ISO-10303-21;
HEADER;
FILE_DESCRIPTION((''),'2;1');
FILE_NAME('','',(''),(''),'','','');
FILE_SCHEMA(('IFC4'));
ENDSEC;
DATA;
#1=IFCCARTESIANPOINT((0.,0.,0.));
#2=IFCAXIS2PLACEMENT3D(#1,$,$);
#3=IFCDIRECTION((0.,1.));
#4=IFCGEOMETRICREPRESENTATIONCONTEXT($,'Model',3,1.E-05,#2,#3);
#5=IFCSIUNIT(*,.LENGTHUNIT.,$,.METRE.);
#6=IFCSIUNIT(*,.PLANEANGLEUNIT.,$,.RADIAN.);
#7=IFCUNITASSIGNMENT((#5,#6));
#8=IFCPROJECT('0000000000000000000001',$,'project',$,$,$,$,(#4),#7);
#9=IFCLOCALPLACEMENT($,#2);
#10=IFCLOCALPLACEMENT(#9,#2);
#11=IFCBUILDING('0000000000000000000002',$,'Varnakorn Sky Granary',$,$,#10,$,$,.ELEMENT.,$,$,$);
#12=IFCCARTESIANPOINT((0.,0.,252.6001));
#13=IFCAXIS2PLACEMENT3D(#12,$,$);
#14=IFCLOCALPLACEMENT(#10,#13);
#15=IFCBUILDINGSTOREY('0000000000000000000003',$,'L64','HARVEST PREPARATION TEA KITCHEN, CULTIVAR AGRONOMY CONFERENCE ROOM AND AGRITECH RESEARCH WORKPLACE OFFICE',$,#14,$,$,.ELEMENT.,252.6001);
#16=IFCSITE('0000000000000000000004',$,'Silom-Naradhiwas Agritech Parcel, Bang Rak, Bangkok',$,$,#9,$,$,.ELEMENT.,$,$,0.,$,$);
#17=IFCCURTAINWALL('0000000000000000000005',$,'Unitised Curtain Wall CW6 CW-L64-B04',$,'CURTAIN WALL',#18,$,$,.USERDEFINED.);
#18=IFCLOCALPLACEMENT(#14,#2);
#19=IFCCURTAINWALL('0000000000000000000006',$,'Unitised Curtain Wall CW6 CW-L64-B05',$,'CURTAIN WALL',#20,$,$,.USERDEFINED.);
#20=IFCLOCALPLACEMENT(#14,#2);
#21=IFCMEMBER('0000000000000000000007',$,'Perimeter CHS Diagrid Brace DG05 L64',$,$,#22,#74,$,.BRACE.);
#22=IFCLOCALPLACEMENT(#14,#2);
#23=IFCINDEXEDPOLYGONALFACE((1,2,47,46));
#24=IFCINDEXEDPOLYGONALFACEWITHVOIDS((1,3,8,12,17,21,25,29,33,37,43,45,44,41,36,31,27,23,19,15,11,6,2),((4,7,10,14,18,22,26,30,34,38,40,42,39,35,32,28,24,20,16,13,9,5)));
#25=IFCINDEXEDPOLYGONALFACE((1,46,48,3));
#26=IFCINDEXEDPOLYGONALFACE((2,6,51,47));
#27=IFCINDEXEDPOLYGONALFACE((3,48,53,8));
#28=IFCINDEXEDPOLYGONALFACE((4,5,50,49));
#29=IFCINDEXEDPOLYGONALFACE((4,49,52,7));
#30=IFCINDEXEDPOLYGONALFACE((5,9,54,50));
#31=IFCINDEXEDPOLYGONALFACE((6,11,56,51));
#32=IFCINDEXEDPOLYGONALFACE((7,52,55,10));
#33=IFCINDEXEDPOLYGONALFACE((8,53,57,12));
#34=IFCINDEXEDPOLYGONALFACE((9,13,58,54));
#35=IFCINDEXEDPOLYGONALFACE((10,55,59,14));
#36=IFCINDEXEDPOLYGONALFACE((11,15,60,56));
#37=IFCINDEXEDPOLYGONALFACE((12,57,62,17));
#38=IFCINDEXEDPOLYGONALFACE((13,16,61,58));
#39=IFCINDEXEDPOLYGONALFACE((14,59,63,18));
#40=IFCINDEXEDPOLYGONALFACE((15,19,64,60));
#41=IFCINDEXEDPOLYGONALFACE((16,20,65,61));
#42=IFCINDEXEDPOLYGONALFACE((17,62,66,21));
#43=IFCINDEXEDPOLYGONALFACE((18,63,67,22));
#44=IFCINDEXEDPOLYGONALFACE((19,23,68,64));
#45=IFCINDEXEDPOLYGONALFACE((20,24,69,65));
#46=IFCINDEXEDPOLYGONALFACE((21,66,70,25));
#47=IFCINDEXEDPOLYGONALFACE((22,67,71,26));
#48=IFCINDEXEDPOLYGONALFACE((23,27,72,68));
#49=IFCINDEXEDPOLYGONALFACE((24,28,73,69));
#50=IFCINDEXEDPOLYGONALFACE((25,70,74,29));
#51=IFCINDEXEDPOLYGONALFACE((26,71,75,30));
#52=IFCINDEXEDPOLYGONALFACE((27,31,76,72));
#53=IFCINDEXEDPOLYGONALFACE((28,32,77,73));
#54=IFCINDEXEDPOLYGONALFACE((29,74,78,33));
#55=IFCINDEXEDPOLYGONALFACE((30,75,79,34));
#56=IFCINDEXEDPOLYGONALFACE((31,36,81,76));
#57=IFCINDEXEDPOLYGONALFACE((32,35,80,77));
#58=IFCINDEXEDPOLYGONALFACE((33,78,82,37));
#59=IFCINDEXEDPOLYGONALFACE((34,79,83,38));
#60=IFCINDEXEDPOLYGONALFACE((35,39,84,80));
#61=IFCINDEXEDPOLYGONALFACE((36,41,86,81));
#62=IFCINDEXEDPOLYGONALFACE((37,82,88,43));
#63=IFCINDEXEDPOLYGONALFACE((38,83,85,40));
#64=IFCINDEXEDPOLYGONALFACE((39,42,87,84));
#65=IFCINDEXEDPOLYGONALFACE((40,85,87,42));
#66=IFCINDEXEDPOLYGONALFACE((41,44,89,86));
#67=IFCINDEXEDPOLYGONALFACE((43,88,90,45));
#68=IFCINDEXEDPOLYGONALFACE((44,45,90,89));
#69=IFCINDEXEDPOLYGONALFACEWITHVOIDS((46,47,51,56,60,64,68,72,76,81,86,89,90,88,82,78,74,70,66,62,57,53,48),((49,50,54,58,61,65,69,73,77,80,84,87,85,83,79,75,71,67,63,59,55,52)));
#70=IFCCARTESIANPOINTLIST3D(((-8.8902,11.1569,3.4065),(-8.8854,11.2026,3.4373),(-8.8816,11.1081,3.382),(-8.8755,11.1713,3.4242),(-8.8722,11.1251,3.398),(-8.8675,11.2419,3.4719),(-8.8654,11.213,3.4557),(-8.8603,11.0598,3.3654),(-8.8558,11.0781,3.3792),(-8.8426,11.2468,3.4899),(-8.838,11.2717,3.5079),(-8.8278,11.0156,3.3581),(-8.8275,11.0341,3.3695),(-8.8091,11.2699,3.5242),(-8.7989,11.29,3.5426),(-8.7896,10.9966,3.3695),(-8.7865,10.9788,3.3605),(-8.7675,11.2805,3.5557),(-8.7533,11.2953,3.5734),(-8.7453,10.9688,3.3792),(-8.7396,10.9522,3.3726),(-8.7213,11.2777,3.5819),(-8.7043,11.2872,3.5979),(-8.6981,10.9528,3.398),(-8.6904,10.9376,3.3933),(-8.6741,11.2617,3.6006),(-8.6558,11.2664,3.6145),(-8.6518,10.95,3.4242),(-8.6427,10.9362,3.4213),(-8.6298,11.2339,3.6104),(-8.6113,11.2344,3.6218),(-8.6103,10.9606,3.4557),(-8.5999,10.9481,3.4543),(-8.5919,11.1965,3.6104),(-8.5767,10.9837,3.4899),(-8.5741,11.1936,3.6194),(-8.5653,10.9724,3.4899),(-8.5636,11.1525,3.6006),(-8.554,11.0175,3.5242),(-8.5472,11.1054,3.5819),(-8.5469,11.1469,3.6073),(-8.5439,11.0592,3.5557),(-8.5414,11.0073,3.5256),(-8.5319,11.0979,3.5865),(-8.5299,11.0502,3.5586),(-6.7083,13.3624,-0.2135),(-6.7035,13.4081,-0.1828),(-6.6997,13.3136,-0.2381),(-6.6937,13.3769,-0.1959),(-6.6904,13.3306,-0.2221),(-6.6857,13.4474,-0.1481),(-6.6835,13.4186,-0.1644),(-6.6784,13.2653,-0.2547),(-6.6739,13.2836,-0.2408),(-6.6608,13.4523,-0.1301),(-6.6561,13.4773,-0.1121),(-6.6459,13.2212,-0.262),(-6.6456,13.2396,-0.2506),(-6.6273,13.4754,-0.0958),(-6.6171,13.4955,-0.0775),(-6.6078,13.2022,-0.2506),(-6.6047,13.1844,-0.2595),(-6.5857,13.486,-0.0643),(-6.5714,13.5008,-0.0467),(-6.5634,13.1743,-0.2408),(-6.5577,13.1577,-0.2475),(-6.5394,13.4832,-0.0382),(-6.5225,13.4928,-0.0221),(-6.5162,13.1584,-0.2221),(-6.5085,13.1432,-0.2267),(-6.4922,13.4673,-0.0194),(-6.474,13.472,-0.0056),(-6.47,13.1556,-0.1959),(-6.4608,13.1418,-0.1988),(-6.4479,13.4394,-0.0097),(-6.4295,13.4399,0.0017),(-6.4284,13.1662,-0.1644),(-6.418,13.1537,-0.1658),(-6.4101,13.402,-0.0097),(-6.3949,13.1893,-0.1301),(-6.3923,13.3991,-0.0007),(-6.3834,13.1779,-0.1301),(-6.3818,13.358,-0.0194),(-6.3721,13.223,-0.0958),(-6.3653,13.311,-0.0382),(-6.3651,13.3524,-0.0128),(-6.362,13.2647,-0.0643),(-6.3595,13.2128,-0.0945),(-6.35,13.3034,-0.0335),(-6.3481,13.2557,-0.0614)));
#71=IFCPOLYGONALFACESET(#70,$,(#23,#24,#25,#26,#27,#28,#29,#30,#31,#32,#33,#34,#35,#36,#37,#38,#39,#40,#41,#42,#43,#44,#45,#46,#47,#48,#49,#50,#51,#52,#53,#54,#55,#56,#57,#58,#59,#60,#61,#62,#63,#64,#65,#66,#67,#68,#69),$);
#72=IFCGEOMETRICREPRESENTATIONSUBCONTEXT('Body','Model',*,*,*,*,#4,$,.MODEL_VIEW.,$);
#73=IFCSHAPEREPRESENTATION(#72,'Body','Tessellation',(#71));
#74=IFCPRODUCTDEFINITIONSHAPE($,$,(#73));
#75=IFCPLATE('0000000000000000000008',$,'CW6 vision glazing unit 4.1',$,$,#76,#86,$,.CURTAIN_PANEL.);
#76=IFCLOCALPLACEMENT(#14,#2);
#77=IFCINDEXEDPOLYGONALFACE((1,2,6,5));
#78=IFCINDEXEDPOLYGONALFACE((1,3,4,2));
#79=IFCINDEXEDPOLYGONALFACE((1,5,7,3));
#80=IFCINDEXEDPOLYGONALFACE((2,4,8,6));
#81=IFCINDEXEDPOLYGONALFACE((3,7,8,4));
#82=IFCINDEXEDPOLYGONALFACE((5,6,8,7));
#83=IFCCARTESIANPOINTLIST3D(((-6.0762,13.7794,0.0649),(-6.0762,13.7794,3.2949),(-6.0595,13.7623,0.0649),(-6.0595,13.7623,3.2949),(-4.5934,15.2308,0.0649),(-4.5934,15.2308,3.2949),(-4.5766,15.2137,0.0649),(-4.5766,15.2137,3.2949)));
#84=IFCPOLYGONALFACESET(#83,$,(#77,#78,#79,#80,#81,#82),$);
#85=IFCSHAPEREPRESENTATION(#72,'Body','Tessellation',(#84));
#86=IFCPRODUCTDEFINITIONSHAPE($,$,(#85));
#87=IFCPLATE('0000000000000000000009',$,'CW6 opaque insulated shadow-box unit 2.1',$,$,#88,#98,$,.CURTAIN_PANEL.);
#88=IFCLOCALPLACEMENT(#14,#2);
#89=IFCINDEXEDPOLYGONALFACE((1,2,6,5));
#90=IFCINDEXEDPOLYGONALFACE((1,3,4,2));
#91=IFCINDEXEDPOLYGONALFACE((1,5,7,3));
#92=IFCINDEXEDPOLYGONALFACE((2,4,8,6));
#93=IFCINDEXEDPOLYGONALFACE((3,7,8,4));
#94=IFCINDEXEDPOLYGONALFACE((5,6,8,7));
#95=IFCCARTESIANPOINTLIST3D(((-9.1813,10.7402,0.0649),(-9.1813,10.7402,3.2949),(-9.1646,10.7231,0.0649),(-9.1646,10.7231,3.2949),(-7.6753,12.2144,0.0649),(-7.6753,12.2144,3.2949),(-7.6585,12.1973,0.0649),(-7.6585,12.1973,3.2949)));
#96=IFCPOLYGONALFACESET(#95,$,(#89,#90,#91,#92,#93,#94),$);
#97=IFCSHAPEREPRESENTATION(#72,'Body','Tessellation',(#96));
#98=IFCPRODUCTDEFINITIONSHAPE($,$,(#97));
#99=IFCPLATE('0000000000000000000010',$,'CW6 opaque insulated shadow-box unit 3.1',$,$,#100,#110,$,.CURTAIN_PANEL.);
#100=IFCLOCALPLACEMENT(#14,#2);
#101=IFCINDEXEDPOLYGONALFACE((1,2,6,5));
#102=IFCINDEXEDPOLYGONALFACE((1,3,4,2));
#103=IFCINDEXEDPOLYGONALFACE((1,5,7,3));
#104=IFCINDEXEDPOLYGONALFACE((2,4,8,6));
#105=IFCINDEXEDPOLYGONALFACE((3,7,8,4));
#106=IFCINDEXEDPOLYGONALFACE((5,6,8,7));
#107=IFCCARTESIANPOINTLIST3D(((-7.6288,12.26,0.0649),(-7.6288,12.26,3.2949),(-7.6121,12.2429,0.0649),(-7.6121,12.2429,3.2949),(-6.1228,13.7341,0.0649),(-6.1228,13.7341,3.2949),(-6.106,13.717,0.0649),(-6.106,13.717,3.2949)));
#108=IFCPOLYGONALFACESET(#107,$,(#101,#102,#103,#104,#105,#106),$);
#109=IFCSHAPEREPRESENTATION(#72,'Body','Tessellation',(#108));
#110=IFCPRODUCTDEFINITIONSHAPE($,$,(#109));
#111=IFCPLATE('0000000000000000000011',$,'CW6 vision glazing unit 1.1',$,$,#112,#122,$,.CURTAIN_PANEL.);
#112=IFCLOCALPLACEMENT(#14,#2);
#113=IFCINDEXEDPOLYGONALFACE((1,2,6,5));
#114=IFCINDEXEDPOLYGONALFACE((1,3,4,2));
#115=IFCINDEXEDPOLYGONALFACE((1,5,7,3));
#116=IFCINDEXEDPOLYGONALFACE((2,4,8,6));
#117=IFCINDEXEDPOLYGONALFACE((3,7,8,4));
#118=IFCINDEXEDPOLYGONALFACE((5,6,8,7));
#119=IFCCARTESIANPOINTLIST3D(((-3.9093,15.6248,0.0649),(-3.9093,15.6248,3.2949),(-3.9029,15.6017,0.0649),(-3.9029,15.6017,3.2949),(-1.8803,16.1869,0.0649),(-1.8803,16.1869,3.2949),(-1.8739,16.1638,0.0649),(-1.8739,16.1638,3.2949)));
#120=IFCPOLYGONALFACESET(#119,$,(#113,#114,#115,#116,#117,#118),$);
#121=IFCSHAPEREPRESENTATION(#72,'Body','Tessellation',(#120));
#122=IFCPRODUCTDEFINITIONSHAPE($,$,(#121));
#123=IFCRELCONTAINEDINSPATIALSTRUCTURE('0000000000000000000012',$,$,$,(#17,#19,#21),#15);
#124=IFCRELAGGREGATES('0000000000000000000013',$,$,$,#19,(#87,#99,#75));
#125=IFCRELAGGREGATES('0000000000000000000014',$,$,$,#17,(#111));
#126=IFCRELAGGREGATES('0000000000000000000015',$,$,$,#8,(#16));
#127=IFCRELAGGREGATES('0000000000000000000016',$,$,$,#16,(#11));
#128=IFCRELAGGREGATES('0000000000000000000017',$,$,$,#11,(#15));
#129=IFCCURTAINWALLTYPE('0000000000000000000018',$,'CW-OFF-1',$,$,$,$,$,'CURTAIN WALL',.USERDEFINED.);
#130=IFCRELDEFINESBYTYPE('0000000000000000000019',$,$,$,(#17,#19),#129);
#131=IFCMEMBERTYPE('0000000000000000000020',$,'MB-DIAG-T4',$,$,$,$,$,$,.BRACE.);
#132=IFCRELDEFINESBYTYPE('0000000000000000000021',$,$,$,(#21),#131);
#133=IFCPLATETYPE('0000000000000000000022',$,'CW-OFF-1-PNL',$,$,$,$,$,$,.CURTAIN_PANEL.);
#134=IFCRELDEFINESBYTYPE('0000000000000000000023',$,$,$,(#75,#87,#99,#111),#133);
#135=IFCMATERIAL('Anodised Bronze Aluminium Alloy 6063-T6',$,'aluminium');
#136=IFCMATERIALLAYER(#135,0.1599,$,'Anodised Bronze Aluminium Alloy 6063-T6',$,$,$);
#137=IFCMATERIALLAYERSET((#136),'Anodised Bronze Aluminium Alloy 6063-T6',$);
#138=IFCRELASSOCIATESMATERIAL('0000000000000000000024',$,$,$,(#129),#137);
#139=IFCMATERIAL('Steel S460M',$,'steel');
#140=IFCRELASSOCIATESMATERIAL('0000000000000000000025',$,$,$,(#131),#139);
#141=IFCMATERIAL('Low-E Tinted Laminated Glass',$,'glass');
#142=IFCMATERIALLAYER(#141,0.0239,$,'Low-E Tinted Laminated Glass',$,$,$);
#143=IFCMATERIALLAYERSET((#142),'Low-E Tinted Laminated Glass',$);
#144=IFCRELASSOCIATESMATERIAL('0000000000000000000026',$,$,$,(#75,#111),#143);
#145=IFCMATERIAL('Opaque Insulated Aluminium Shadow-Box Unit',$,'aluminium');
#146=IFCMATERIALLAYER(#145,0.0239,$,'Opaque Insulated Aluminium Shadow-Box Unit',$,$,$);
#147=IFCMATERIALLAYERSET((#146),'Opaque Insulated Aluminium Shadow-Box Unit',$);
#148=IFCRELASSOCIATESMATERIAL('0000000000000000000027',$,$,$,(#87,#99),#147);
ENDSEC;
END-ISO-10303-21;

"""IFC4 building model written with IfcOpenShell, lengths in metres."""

from ifc_helpers import new_model, si_unit, direction, frame, origin, origin_2d, place, context, subcontext, project, spatial, rectangle, hollow_circle, extrude, source, transform, mapped, material, layer, layer_set, material_profile, profile_set, type_object, type_shapes, element, aggregate, save


model = new_model("IFC4")

# Units and contexts
model_context = context("Model", 3, precision=1e-05, world=origin(), true_north=direction((0.0, 1.0)))
body_context = subcontext(model_context, "Body", "Model", "MODEL_VIEW")
ifc_project = project(units=[si_unit("LENGTHUNIT", "METRE"), si_unit("PLANEANGLEUNIT", "RADIAN")], contexts=[model_context])

# Site, building, storey
site_placement = place(None, origin())
site = spatial("IfcSite", under=ifc_project, at=site_placement, Name="Silom-Naradhiwas Agritech Parcel, Bang Rak, Bangkok", CompositionType="ELEMENT", RefElevation=0.0)
building_placement = place(site_placement, origin())
building = spatial("IfcBuilding", under=site, at=building_placement, Name="Varnakorn Sky Granary", CompositionType="ELEMENT")
storey_placement = place(building_placement, frame((0.0, 0.0, 252.6001)))
storey = spatial("IfcBuildingStorey", under=building, at=storey_placement, Name="L64", Description="HARVEST PREPARATION TEA KITCHEN, CULTIVAR AGRONOMY CONFERENCE ROOM AND AGRITECH RESEARCH WORKPLACE OFFICE", CompositionType="ELEMENT", Elevation=252.6001)

# Shared definitions
ifc_material_1 = material(Name="Steel S460M", Category="steel")

# Curtain wall
ifc_material_2 = material(Name="Anodised Bronze Aluminium Alloy 6063-T6", Category="aluminium")
ifc_layer_1 = layer(ifc_material_2, 0.1599, Name="Anodised Bronze Aluminium Alloy 6063-T6")
ifc_layer_set_1 = layer_set([ifc_layer_1], Name="Anodised Bronze Aluminium Alloy 6063-T6")
curtain_wall_type = type_object("IfcCurtainWallType", Name="CW-OFF-1", ElementType="CURTAIN WALL", PredefinedType="USERDEFINED", material=ifc_layer_set_1)
curtain_wall_1_placement = place(storey_placement, origin())
curtain_wall_1 = element("IfcCurtainWall", 1, at=curtain_wall_1_placement, inside=storey, type_object=curtain_wall_type, Name="Unitised Curtain Wall CW6 CW-L64-B04", ObjectType="CURTAIN WALL", PredefinedType="USERDEFINED")

# Curtain wall
curtain_wall_2_placement = place(storey_placement, origin())
curtain_wall_2 = element("IfcCurtainWall", 2, at=curtain_wall_2_placement, inside=storey, type_object=curtain_wall_type, Name="Unitised Curtain Wall CW6 CW-L64-B05", ObjectType="CURTAIN WALL", PredefinedType="USERDEFINED")

# Member
ifc_material_profile_1 = material_profile(ifc_material_1, hollow_circle(Radius=0.2031, WallThickness=0.0161, at=origin_2d()), Name="CHS 406.4x16")
ifc_profile_set_1 = profile_set([ifc_material_profile_1], Name="Steel S460M")
member_type_1 = type_object("IfcMemberType", Name="MB-DIAG-T4", PredefinedType="BRACE", material=ifc_profile_set_1)
member_1_placement = place(storey_placement, frame((-6.5278, 13.3208, -0.1301), z_axis=(-0.457645, -0.462612, 0.75931), x_axis=(0.710913, -0.70328, 0.0)))
element("IfcMember", 3, at=member_1_placement, inside=storey, type_object=member_type_1, Name="Perimeter CHS Diagrid Brace DG05 L64", PredefinedType="BRACE", context=body_context, shape_type="SweptSolid", body=[
    extrude(hollow_circle(Radius=0.2031, WallThickness=0.0161, at=origin_2d()), origin(), (0.0, 0.0, 1.0), 4.7676),
])

# Plates
ifc_material_3 = material(Name="Low-E Tinted Laminated Glass", Category="glass")
ifc_layer_2 = layer(ifc_material_3, 0.0239, Name="Low-E Tinted Laminated Glass")
ifc_layer_set_2 = layer_set([ifc_layer_2], Name="Low-E Tinted Laminated Glass")
plate_type = type_object("IfcPlateType", Name="CW-OFF-1-PNL", PredefinedType="CURTAIN_PANEL")
shared_shape_1 = source(origin(), body_context, "Body", "SweptSolid", [
    extrude(rectangle(XDim=2.075, YDim=0.0239, at=origin_2d()), origin(), (0.0, 0.0, 1.0), 3.23),
])
plate_1_placement = place(storey_placement, frame((-5.3264, 14.4966, 0.0649), z_axis=(0.0, 0.0, 1.0), x_axis=(0.71465, 0.699482, 0.0)))
plate_1 = element("IfcPlate", 4, at=plate_1_placement, type_object=plate_type, material=ifc_layer_set_2, Name="CW6 vision glazing unit 4.1", PredefinedType="CURTAIN_PANEL", context=body_context, shape_type="MappedRepresentation", body=[
    mapped(shared_shape_1, transform((0.0, 0.0, 0.0), x_axis=(1.0, 0.0, 0.0), y_axis=(0.0, 1.0, 0.0), z_axis=(0.0, 0.0, 1.0), scale=1.0)),
])
ifc_material_4 = material(Name="Opaque Insulated Aluminium Shadow-Box Unit", Category="aluminium")
ifc_layer_3 = layer(ifc_material_4, 0.0239, Name="Opaque Insulated Aluminium Shadow-Box Unit")
ifc_layer_set_3 = layer_set([ifc_layer_3], Name="Opaque Insulated Aluminium Shadow-Box Unit")
shared_shape_2 = source(origin(), body_context, "Body", "SweptSolid", [
    extrude(rectangle(XDim=2.1074, YDim=0.0239, at=origin_2d()), origin(), (0.0, 0.0, 1.0), 3.23),
])
plate_2_placement = place(storey_placement, frame((-8.4199, 11.4688, 0.0649), z_axis=(0.0, 0.0, 1.0), x_axis=(0.71465, 0.699482, 0.0)))
plate_2 = element("IfcPlate", 5, at=plate_2_placement, type_object=plate_type, material=ifc_layer_set_3, Name="CW6 opaque insulated shadow-box unit 2.1", PredefinedType="CURTAIN_PANEL", context=body_context, shape_type="MappedRepresentation", body=[
    mapped(shared_shape_2, transform((0.0, 0.0, 0.0), x_axis=(1.0, 0.0, 0.0), y_axis=(0.0, 1.0, 0.0), z_axis=(0.0, 0.0, 1.0), scale=1.0)),
])
plate_3_placement = place(storey_placement, frame((-6.8674, 12.9885, 0.0649), z_axis=(0.0, 0.0, 1.0), x_axis=(0.71465, 0.699482, 0.0)))
plate_3 = element("IfcPlate", 6, at=plate_3_placement, type_object=plate_type, material=ifc_layer_set_3, Name="CW6 opaque insulated shadow-box unit 3.1", PredefinedType="CURTAIN_PANEL", context=body_context, shape_type="MappedRepresentation", body=[
    mapped(shared_shape_2, transform((0.0, 0.0, 0.0), x_axis=(1.0, 0.0, 0.0), y_axis=(0.0, 1.0, 0.0), z_axis=(0.0, 0.0, 1.0), scale=1.0)),
])
aggregate(curtain_wall_2, [plate_2, plate_3, plate_1])
shared_shape_3 = source(origin(), body_context, "Body", "SweptSolid", [
    extrude(rectangle(XDim=2.1055, YDim=0.0239, at=origin_2d()), origin(), (0.0, 0.0, 1.0), 3.23),
])
type_shapes(plate_type, [shared_shape_1, shared_shape_2, shared_shape_3])
plate_4_placement = place(storey_placement, frame((-2.8916, 15.8943, 0.0649), z_axis=(0.0, 0.0, 1.0), x_axis=(0.963701, 0.266982, 0.0)))
plate_4 = element("IfcPlate", 7, at=plate_4_placement, type_object=plate_type, material=ifc_layer_set_2, Name="CW6 vision glazing unit 1.1", PredefinedType="CURTAIN_PANEL", context=body_context, shape_type="MappedRepresentation", body=[
    mapped(shared_shape_3, transform((0.0, 0.0, 0.0), x_axis=(1.0, 0.0, 0.0), y_axis=(0.0, 1.0, 0.0), z_axis=(0.0, 0.0, 1.0), scale=1.0)),
])
aggregate(curtain_wall_1, [plate_4])

save(model, "model.ifc")
